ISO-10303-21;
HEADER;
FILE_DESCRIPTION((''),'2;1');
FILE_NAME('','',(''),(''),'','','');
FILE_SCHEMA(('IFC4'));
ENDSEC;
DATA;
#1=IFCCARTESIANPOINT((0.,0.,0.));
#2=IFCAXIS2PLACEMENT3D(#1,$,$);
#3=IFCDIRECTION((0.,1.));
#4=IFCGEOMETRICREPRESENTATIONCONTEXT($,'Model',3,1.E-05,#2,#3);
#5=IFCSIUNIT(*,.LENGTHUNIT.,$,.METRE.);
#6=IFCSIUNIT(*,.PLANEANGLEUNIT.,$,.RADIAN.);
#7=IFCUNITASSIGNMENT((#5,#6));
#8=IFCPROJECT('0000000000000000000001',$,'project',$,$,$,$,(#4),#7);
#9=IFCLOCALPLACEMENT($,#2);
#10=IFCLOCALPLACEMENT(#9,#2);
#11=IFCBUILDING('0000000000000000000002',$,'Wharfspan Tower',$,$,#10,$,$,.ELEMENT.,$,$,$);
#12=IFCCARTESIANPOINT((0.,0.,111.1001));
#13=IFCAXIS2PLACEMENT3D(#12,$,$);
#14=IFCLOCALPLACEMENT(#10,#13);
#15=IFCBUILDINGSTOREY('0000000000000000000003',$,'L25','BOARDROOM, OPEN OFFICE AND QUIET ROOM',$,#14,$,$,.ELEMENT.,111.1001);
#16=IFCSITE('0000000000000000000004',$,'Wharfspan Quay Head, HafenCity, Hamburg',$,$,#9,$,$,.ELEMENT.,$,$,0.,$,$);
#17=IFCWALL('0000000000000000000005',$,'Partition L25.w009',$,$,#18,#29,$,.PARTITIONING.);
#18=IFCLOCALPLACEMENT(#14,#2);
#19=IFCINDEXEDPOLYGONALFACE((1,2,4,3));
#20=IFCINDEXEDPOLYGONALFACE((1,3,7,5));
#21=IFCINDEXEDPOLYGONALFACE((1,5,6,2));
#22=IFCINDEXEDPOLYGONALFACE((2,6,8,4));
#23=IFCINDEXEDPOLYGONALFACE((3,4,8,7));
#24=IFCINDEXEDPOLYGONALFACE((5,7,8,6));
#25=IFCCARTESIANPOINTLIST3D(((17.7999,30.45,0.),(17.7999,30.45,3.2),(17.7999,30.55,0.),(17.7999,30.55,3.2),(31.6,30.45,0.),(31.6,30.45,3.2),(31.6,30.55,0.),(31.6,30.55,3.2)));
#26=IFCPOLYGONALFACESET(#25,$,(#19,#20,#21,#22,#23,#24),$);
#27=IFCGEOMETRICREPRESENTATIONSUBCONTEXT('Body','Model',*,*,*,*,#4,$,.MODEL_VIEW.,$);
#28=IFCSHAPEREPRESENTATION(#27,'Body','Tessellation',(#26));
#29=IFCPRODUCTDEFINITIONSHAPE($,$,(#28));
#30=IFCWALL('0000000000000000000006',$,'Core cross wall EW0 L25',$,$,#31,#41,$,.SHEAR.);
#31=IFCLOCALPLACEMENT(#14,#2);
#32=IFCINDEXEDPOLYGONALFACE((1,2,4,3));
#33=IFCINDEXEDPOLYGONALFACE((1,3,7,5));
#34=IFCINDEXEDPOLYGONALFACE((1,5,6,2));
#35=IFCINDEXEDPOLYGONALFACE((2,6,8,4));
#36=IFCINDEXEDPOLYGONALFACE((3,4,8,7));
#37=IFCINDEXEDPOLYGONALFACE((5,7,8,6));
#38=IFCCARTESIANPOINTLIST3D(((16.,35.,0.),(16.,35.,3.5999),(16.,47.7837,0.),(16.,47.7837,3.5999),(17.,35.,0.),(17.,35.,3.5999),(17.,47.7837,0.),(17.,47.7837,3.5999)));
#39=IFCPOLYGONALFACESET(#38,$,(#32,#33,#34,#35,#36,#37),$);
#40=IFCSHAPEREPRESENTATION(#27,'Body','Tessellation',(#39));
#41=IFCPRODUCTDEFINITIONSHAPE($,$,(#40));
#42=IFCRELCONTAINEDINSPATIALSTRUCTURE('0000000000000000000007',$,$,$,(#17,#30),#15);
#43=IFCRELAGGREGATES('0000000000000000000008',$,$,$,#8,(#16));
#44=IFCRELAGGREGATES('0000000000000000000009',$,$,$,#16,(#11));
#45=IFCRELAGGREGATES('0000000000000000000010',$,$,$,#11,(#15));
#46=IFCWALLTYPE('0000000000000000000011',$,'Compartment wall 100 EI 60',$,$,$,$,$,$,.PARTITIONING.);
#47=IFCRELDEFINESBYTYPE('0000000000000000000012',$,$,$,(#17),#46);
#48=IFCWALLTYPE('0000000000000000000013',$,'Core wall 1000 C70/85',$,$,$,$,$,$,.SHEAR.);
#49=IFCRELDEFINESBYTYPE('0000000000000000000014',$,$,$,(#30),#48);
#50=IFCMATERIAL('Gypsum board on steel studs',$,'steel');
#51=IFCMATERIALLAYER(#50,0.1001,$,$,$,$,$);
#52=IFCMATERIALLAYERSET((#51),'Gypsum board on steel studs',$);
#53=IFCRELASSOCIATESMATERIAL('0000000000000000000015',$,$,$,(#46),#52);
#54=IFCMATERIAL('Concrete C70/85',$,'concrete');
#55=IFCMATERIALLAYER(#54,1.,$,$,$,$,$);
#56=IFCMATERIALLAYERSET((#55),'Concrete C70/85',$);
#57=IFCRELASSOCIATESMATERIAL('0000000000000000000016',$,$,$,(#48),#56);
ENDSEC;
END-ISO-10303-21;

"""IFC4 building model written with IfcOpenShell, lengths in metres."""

from ifc_helpers import new_model, si_unit, direction, frame, frame_2d, origin, place, context, subcontext, project, spatial, rectangle, extrude, material, layer, layer_set, type_object, element, save


model = new_model("IFC4")

# Units and contexts
model_context = context("Model", 3, precision=1e-05, world=origin(), true_north=direction((0.0, 1.0)))
body_context = subcontext(model_context, "Body", "Model", "MODEL_VIEW")
ifc_project = project(units=[si_unit("LENGTHUNIT", "METRE"), si_unit("PLANEANGLEUNIT", "RADIAN")], contexts=[model_context])

# Site, building, storey
site_placement = place(None, origin())
site = spatial("IfcSite", under=ifc_project, at=site_placement, Name="Wharfspan Quay Head, HafenCity, Hamburg", CompositionType="ELEMENT", RefElevation=0.0)
building_placement = place(site_placement, origin())
building = spatial("IfcBuilding", under=site, at=building_placement, Name="Wharfspan Tower", CompositionType="ELEMENT")
storey_placement = place(building_placement, frame((0.0, 0.0, 111.1001)))
storey = spatial("IfcBuildingStorey", under=building, at=storey_placement, Name="L25", Description="BOARDROOM, OPEN OFFICE AND QUIET ROOM", CompositionType="ELEMENT", Elevation=111.1001)

# Wall
ifc_material_1 = material(Name="Gypsum board on steel studs", Category="steel")
ifc_layer_1 = layer(ifc_material_1, 0.1001)
ifc_layer_set_1 = layer_set([ifc_layer_1], Name="Gypsum board on steel studs")
wall_type_1 = type_object("IfcWallType", Name="Compartment wall 100 EI 60", PredefinedType="PARTITIONING", material=ifc_layer_set_1)
wall_1_placement = place(storey_placement, frame((17.8, 30.5, 0.0), z_axis=(0.0, 0.0, 1.0), x_axis=(1.0, 0.0, 0.0)))
element("IfcWall", 1, at=wall_1_placement, inside=storey, type_object=wall_type_1, Name="Partition L25.w009", PredefinedType="PARTITIONING", context=body_context, shape_type="SweptSolid", body=[
    extrude(rectangle(XDim=13.8, YDim=0.1001, at=frame_2d((6.8999, 0.0))), origin(), (0.0, 0.0, 1.0), 3.2),
])

# Shared definitions
ifc_material_2 = material(Name="Concrete C70/85", Category="concrete")
ifc_layer_2 = layer(ifc_material_2, 1.0)
ifc_layer_set_2 = layer_set([ifc_layer_2], Name="Concrete C70/85")
wall_type_2 = type_object("IfcWallType", Name="Core wall 1000 C70/85", PredefinedType="SHEAR", material=ifc_layer_set_2)

# Wall
wall_2_placement = place(storey_placement, frame((16.5, 35.0, 0.0), z_axis=(0.0, 0.0, 1.0), x_axis=(0.0, 1.0, 0.0)))
element("IfcWall", 2, at=wall_2_placement, inside=storey, type_object=wall_type_2, Name="Core cross wall EW0 L25", PredefinedType="SHEAR", context=body_context, shape_type="SweptSolid", body=[
    extrude(rectangle(XDim=12.7837, YDim=1.0, at=frame_2d((6.3918, 0.0))), origin(), (0.0, 0.0, 1.0), 3.5999),
])

save(model, "model.ifc")
